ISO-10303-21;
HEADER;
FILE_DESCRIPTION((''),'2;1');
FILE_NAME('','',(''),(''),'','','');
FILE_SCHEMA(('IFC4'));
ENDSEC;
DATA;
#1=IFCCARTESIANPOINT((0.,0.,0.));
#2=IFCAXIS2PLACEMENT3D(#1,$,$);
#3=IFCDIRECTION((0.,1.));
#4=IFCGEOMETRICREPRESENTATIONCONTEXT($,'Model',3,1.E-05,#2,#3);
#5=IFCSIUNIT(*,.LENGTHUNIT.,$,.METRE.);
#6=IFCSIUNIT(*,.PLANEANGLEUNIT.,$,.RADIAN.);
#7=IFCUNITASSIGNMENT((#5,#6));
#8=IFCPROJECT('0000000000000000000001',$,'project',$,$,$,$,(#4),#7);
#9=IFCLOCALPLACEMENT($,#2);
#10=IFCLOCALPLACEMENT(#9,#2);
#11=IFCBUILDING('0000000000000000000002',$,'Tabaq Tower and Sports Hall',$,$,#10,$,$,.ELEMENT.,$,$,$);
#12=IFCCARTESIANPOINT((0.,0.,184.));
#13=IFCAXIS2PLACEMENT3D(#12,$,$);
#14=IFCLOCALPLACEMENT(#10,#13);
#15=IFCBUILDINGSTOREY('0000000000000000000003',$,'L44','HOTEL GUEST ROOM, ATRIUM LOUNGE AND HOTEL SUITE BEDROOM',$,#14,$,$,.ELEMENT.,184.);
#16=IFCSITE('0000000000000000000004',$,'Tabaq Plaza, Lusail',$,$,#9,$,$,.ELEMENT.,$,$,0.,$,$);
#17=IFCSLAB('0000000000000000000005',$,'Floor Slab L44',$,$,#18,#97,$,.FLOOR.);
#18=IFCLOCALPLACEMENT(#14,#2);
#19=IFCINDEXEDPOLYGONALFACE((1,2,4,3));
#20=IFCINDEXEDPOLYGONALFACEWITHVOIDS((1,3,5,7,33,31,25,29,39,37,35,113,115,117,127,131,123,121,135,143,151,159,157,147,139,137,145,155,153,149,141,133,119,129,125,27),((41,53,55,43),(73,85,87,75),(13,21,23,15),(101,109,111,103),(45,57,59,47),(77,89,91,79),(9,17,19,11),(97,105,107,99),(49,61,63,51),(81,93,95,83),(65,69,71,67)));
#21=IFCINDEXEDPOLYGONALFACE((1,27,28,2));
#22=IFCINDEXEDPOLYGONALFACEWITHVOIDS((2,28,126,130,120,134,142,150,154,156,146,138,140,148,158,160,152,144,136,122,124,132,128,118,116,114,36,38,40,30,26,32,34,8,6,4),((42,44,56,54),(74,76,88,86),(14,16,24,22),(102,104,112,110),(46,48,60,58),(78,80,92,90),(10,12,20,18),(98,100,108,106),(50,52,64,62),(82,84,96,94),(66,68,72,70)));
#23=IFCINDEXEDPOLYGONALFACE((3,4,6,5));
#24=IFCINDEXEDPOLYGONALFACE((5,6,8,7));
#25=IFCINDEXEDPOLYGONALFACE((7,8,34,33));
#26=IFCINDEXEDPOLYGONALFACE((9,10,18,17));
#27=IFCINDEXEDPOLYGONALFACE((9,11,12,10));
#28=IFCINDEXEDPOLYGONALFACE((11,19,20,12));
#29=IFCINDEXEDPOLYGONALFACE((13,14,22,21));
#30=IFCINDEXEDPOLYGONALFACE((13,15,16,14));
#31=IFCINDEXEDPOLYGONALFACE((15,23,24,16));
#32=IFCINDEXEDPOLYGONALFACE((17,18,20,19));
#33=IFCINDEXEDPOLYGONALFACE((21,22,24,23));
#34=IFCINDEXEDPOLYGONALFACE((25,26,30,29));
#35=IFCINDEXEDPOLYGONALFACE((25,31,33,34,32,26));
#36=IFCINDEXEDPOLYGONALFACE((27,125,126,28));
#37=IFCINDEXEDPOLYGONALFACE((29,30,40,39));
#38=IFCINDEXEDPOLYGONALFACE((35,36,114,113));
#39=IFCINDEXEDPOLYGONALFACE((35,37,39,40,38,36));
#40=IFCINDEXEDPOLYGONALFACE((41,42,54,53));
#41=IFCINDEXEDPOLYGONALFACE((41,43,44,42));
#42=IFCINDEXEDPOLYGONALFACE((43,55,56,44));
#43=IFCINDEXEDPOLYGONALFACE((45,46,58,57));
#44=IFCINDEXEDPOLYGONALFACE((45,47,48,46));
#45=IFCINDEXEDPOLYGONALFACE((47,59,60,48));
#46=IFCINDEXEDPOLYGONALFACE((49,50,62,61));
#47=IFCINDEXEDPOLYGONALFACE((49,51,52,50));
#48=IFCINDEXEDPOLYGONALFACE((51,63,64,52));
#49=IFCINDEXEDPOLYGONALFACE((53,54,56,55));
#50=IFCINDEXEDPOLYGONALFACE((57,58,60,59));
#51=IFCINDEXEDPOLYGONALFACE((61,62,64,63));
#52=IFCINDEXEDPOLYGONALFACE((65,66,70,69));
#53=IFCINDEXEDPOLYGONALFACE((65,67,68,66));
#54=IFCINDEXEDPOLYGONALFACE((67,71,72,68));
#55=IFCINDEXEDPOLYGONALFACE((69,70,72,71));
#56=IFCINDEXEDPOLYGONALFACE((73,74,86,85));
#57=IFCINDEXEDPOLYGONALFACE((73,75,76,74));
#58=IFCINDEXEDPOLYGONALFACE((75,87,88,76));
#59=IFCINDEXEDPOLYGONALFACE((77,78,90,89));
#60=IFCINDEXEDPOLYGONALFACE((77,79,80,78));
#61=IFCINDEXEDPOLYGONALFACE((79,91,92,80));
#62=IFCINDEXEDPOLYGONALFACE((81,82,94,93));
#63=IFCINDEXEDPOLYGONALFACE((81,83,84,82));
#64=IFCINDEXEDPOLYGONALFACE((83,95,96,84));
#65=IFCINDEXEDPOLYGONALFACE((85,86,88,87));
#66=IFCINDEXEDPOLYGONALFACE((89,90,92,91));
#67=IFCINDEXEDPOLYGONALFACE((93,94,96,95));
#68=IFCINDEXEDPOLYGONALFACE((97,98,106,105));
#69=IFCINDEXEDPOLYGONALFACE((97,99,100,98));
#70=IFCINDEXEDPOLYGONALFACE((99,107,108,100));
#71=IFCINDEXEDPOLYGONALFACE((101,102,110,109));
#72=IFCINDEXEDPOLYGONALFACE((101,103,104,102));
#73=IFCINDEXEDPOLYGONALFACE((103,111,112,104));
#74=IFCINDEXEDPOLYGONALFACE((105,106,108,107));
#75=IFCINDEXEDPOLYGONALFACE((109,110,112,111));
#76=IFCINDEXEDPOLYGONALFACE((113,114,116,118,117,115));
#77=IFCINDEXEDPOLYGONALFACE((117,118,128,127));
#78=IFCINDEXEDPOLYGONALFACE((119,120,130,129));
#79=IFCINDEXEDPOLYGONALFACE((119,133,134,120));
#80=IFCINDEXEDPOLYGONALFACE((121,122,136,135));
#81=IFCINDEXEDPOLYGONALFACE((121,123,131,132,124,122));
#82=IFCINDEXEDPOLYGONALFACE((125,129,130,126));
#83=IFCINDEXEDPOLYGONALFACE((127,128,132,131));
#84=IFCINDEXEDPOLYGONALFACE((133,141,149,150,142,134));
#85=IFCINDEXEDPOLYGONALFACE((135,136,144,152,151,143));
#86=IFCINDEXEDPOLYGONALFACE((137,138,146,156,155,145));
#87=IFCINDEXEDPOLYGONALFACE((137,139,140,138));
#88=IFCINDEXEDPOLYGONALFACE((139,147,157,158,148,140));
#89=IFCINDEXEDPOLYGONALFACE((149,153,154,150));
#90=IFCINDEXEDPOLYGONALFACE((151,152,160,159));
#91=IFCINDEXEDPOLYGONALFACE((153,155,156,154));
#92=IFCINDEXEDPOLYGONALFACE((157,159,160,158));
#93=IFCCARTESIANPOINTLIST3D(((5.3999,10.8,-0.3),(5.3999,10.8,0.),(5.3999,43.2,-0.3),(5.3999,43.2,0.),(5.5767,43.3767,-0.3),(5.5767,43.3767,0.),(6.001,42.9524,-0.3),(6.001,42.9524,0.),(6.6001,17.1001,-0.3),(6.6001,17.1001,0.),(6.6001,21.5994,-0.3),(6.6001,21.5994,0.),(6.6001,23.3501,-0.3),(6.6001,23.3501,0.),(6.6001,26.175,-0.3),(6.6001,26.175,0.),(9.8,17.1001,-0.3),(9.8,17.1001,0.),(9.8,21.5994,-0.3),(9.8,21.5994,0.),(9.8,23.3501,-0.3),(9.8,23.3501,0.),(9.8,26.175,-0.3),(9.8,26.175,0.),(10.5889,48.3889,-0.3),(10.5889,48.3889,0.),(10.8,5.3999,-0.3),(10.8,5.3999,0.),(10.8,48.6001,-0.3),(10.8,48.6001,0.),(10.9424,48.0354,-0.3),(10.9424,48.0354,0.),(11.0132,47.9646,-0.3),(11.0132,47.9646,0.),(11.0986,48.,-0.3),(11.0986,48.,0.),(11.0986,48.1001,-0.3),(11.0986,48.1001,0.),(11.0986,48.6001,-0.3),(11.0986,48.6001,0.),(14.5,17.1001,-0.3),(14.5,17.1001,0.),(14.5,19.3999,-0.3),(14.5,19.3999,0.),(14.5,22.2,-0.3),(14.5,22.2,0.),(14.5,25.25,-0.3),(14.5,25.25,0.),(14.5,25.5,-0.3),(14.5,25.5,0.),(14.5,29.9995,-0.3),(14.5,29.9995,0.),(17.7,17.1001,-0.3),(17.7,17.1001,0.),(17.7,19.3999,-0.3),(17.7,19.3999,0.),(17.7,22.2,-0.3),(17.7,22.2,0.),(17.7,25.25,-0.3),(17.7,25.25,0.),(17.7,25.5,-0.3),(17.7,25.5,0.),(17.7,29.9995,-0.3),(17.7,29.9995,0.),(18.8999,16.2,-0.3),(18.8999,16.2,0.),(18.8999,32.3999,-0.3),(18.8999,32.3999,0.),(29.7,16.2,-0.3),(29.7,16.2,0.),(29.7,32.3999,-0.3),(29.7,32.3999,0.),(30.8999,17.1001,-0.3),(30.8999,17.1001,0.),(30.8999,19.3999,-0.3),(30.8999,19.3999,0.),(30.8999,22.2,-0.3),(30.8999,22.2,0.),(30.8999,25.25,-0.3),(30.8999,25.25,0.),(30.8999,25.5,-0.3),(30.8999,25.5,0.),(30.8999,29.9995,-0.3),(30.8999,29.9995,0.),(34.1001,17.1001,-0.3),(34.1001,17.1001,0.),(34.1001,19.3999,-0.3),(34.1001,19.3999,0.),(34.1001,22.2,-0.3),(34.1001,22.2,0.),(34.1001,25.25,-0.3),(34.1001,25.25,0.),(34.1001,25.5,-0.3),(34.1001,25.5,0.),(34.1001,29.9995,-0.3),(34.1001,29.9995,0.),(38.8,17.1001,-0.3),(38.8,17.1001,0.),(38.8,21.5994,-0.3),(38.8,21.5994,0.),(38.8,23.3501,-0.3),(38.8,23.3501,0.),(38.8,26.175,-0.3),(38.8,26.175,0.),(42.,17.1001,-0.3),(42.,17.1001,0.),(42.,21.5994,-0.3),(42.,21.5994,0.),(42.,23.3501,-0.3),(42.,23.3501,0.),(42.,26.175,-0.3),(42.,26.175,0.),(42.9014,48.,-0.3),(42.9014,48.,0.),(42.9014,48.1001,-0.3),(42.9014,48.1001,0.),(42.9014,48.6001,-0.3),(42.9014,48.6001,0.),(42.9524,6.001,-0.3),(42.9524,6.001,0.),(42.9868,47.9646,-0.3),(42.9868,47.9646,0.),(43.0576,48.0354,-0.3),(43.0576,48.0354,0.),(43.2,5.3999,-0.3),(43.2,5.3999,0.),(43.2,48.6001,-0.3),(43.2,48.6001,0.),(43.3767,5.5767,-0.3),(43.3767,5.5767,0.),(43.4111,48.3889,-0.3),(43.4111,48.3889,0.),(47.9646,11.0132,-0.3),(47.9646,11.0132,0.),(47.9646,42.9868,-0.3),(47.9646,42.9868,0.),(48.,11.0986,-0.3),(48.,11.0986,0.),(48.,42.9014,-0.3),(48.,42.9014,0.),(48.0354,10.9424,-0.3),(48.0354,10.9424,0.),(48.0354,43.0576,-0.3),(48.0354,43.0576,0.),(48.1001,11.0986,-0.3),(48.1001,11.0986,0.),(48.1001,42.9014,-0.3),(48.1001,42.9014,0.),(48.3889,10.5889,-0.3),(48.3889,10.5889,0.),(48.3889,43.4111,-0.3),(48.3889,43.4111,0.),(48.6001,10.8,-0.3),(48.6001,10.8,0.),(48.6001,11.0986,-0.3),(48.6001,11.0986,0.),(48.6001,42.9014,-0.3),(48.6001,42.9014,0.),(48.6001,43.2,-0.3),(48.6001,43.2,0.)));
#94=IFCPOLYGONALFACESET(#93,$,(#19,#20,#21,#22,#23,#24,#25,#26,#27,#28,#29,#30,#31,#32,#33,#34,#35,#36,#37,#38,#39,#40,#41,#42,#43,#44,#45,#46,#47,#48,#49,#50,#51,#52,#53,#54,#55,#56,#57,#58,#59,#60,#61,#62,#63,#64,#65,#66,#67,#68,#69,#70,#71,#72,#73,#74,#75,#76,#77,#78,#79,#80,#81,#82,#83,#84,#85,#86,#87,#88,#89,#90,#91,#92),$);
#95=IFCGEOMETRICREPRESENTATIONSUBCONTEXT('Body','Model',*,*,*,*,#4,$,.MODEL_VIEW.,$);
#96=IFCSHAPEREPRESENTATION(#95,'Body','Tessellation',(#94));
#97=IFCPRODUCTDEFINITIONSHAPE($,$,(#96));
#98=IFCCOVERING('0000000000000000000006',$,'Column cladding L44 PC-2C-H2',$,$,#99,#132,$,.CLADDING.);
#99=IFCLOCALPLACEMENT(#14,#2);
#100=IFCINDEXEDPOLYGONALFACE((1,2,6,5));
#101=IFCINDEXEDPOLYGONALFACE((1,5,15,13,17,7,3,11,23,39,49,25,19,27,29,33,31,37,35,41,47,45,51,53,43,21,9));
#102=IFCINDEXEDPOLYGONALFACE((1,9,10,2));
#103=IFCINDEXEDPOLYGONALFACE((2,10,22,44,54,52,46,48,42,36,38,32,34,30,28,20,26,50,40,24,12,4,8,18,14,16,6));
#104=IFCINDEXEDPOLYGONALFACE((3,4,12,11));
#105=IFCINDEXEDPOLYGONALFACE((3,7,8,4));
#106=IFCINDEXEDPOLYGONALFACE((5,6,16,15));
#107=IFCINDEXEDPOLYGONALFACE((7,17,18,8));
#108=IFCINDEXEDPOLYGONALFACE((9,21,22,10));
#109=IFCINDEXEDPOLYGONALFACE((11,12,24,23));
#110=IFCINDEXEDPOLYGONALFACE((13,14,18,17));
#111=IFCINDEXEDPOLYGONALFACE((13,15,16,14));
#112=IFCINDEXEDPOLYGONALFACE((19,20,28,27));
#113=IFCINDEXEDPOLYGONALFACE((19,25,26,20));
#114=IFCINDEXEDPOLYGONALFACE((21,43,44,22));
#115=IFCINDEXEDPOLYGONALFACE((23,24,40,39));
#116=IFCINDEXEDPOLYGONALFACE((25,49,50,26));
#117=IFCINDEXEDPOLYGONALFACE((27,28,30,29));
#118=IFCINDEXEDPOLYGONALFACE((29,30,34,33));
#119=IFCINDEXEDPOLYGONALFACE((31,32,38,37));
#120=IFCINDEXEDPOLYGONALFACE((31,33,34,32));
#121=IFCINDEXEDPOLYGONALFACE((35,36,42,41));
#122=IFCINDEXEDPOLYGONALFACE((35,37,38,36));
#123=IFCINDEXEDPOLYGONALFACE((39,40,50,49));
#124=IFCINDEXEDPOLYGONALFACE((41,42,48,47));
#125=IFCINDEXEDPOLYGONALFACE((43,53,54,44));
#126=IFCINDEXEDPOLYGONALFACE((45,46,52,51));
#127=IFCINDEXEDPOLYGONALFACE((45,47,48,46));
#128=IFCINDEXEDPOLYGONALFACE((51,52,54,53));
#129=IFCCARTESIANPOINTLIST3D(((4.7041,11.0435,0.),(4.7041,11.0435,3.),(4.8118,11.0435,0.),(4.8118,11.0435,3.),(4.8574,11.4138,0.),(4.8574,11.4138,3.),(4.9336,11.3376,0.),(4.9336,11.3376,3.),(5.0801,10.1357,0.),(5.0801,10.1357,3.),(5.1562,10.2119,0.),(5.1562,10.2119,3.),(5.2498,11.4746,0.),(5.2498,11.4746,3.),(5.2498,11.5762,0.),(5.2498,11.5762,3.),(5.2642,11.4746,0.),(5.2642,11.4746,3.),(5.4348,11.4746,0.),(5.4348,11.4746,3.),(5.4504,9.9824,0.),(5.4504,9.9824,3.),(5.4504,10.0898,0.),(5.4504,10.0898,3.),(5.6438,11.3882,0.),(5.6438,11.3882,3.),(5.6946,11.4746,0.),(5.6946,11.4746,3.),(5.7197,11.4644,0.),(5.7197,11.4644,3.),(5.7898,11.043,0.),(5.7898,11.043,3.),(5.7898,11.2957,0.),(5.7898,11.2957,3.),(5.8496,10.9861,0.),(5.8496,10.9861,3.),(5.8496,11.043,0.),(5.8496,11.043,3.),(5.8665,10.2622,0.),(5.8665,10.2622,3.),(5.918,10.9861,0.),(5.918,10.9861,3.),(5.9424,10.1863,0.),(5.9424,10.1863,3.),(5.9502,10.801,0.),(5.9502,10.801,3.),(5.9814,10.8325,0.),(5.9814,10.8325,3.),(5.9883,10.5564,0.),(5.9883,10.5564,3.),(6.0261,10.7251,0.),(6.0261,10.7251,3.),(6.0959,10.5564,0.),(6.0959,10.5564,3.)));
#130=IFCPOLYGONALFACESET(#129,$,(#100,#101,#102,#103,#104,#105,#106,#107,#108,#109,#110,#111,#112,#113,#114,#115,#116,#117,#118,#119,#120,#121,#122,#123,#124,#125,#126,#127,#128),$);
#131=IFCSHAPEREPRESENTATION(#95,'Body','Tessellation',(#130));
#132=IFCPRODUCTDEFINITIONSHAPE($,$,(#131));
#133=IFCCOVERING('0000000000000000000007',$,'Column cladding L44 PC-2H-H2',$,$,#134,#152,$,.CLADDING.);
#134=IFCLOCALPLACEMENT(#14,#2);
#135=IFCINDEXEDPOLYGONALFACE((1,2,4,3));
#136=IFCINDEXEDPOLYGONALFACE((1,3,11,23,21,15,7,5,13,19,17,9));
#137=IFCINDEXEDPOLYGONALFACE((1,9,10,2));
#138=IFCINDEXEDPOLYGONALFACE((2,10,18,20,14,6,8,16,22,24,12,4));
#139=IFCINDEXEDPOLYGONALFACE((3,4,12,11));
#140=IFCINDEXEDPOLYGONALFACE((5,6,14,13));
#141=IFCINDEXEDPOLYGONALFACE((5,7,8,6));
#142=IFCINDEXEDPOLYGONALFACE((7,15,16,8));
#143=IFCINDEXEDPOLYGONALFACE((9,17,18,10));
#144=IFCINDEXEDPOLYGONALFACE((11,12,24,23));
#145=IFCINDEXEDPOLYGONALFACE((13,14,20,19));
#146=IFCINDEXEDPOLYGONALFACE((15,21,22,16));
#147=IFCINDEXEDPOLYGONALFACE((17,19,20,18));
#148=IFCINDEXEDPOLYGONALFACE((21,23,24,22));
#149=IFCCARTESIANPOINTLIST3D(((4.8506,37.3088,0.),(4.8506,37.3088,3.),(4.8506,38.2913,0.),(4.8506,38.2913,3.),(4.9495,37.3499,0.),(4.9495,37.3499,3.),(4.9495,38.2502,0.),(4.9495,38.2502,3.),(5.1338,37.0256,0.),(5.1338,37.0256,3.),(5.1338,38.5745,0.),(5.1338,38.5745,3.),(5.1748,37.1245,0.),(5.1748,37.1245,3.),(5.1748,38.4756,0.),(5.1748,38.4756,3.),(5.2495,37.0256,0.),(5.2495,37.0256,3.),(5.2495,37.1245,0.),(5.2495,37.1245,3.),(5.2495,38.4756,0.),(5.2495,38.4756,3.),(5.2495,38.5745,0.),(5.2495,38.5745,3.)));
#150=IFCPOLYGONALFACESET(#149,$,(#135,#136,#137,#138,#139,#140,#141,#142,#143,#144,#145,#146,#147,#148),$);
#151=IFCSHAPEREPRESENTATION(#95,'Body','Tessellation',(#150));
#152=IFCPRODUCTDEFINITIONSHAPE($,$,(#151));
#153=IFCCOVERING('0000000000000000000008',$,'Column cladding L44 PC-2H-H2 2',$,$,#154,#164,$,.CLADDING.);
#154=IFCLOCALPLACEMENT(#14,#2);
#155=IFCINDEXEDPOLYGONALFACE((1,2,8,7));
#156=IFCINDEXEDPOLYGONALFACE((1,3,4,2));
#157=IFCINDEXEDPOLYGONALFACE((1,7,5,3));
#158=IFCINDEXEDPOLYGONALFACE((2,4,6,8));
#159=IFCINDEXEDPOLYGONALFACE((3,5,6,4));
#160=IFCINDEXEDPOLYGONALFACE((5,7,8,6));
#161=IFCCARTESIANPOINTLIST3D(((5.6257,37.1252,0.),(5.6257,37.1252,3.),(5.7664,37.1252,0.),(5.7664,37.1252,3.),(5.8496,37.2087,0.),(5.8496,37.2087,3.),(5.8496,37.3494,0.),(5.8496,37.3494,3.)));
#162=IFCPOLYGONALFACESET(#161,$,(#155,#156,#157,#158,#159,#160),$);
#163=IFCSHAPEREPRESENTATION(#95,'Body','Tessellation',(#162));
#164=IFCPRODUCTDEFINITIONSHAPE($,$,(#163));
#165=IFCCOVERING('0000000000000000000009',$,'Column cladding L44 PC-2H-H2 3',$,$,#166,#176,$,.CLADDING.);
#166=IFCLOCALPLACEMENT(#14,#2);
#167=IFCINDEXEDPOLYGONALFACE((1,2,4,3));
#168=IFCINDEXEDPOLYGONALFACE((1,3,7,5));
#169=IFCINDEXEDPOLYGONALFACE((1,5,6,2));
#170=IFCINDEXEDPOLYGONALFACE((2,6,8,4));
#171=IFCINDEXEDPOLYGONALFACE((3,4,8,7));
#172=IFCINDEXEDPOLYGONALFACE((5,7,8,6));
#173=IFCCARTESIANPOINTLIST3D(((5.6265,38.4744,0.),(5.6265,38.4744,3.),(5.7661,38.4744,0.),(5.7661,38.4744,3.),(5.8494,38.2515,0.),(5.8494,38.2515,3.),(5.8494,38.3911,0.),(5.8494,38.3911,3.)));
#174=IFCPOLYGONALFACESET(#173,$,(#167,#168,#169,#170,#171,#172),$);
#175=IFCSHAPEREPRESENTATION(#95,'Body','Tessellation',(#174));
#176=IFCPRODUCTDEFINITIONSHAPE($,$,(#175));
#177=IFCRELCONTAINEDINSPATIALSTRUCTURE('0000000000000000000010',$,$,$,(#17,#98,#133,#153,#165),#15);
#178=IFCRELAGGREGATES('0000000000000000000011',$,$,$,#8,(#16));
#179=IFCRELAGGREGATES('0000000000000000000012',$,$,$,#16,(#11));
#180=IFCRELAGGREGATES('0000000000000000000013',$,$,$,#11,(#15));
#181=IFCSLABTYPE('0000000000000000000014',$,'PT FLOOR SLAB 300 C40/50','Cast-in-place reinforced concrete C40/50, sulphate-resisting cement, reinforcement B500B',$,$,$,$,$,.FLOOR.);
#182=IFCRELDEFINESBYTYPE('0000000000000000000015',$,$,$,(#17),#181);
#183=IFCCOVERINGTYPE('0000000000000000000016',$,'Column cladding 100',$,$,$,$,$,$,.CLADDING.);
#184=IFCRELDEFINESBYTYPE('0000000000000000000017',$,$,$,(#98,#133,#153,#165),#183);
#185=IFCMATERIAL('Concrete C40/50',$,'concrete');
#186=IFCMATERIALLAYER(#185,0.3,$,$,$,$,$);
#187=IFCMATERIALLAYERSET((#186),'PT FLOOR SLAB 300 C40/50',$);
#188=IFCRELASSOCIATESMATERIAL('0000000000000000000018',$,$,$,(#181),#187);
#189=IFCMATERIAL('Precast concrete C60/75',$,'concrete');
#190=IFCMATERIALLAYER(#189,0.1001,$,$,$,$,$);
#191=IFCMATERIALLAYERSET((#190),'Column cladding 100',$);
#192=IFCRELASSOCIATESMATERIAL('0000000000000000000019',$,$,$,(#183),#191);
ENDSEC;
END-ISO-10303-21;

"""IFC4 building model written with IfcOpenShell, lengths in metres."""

from ifc_helpers import new_model, si_unit, direction, frame, origin, place, context, subcontext, project, spatial, polyline, outline, extrude, material, layer, layer_set, type_object, element, save


model = new_model("IFC4")

# Units and contexts
model_context = context("Model", 3, precision=1e-05, world=origin(), true_north=direction((0.0, 1.0)))
body_context = subcontext(model_context, "Body", "Model", "MODEL_VIEW")
ifc_project = project(units=[si_unit("LENGTHUNIT", "METRE"), si_unit("PLANEANGLEUNIT", "RADIAN")], contexts=[model_context])

# Site, building, storey
site_placement = place(None, origin())
site = spatial("IfcSite", under=ifc_project, at=site_placement, Name="Tabaq Plaza, Lusail", CompositionType="ELEMENT", RefElevation=0.0)
building_placement = place(site_placement, origin())
building = spatial("IfcBuilding", under=site, at=building_placement, Name="Tabaq Tower and Sports Hall", CompositionType="ELEMENT")
storey_placement = place(building_placement, frame((0.0, 0.0, 184.0)))
storey = spatial("IfcBuildingStorey", under=building, at=storey_placement, Name="L44", Description="HOTEL GUEST ROOM, ATRIUM LOUNGE AND HOTEL SUITE BEDROOM", CompositionType="ELEMENT", Elevation=184.0)

# Slab
ifc_material_1 = material(Name="Concrete C40/50", Category="concrete")
ifc_layer_1 = layer(ifc_material_1, 0.3)
ifc_layer_set_1 = layer_set([ifc_layer_1], Name="PT FLOOR SLAB 300 C40/50")
slab_type = type_object("IfcSlabType", Name="PT FLOOR SLAB 300 C40/50", Description="Cast-in-place reinforced concrete C40/50, sulphate-resisting cement, reinforcement B500B", PredefinedType="FLOOR", material=ifc_layer_set_1)
slab_placement = place(storey_placement, frame((0.0, 0.0, -0.3)))
element("IfcSlab", 1, at=slab_placement, inside=storey, type_object=slab_type, Name="Floor Slab L44", PredefinedType="FLOOR", context=body_context, shape_type="SweptSolid", body=[
    extrude(outline(polyline([(5.3999, 43.2), (5.3999, 10.8), (10.8, 5.3999), (43.2, 5.3999), (43.3767, 5.5767), (42.9524, 6.001), (47.9646, 11.0132), (48.0354, 10.9424), (48.3889, 10.5889), (48.6001, 10.8), (48.6001, 11.0986), (48.1001, 11.0986), (48.0, 11.0986), (48.0, 42.9014), (48.1001, 42.9014), (48.6001, 42.9014), (48.6001, 43.2), (48.3889, 43.4111), (48.0354, 43.0576), (47.9646, 42.9868), (42.9868, 47.9646), (43.0576, 48.0354), (43.4111, 48.3889), (43.2, 48.6001), (42.9014, 48.6001), (42.9014, 48.1001), (42.9014, 48.0), (11.0986, 48.0), (11.0986, 48.1001), (11.0986, 48.6001), (10.8, 48.6001), (10.5889, 48.3889), (10.9424, 48.0354), (11.0132, 47.9646), (6.001, 42.9524), (5.5767, 43.3767), (5.3999, 43.2)]), holes=[polyline([(14.5, 19.3999), (17.7, 19.3999), (17.7, 17.1001), (14.5, 17.1001), (14.5, 19.3999)]), polyline([(6.6001, 21.5994), (9.8, 21.5994), (9.8, 17.1001), (6.6001, 17.1001), (6.6001, 21.5994)]), polyline([(14.5, 25.25), (17.7, 25.25), (17.7, 22.2), (14.5, 22.2), (14.5, 25.25)]), polyline([(18.8999, 32.3999), (29.7, 32.3999), (29.7, 16.2), (18.8999, 16.2), (18.8999, 32.3999)]), polyline([(9.8, 26.175), (9.8, 23.3501), (6.6001, 23.3501), (6.6001, 26.175), (9.8, 26.175)]), polyline([(14.5, 29.9995), (17.7, 29.9995), (17.7, 25.5), (14.5, 25.5), (14.5, 29.9995)]), polyline([(34.1001, 19.3999), (34.1001, 17.1001), (30.8999, 17.1001), (30.8999, 19.3999), (34.1001, 19.3999)]), polyline([(42.0, 21.5994), (42.0, 17.1001), (38.8, 17.1001), (38.8, 21.5994), (42.0, 21.5994)]), polyline([(30.8999, 25.25), (34.1001, 25.25), (34.1001, 22.2), (30.8999, 22.2), (30.8999, 25.25)]), polyline([(42.0, 26.175), (42.0, 23.3501), (38.8, 23.3501), (38.8, 26.175), (42.0, 26.175)]), polyline([(34.1001, 29.9995), (34.1001, 25.5), (30.8999, 25.5), (30.8999, 29.9995), (34.1001, 29.9995)])]), origin(), (0.0, 0.0, 1.0), 0.3),
])

# Coverings
ifc_material_2 = material(Name="Precast concrete C60/75", Category="concrete")
ifc_layer_2 = layer(ifc_material_2, 0.1001)
ifc_layer_set_2 = layer_set([ifc_layer_2], Name="Column cladding 100")
covering_type = type_object("IfcCoveringType", Name="Column cladding 100", PredefinedType="CLADDING", material=ifc_layer_set_2)
covering_1_placement = place(storey_placement, origin())
element("IfcCovering", 2, at=covering_1_placement, inside=storey, type_object=covering_type, Name="Column cladding L44 PC-2C-H2", PredefinedType="CLADDING", context=body_context, shape_type="SweptSolid", body=[
    extrude(outline(polyline([(5.4504, 9.9824), (5.0801, 10.1357), (4.7041, 11.0435), (4.8574, 11.4138), (5.2498, 11.5762), (5.2498, 11.4746), (5.2642, 11.4746), (4.9336, 11.3376), (4.8118, 11.0435), (5.1562, 10.2119), (5.4504, 10.0898), (5.8665, 10.2622), (5.9883, 10.5564), (5.6438, 11.3882), (5.4348, 11.4746), (5.6946, 11.4746), (5.7197, 11.4644), (5.7898, 11.2957), (5.7898, 11.043), (5.8496, 11.043), (5.8496, 10.9861), (5.918, 10.9861), (5.9814, 10.8325), (5.9502, 10.801), (6.0261, 10.7251), (6.0959, 10.5564), (5.9424, 10.1863), (5.4504, 9.9824)])), origin(), (0.0, 0.0, 1.0), 3.0),
])
covering_2_placement = place(storey_placement, origin())
element("IfcCovering", 3, at=covering_2_placement, inside=storey, type_object=covering_type, Name="Column cladding L44 PC-2H-H2", PredefinedType="CLADDING", context=body_context, shape_type="SweptSolid", body=[
    extrude(outline(polyline([(5.1338, 37.0256), (4.8506, 37.3088), (4.8506, 38.2913), (5.1338, 38.5745), (5.2495, 38.5745), (5.2495, 38.4756), (5.1748, 38.4756), (4.9495, 38.2502), (4.9495, 37.3499), (5.1748, 37.1245), (5.2495, 37.1245), (5.2495, 37.0256), (5.1338, 37.0256)])), origin(), (0.0, 0.0, 1.0), 3.0),
])
covering_3_placement = place(storey_placement, origin())
element("IfcCovering", 4, at=covering_3_placement, inside=storey, type_object=covering_type, Name="Column cladding L44 PC-2H-H2 2", PredefinedType="CLADDING", context=body_context, shape_type="SweptSolid", body=[
    extrude(outline(polyline([(5.7664, 37.1252), (5.6257, 37.1252), (5.8496, 37.3494), (5.8496, 37.2087), (5.7664, 37.1252)])), origin(), (0.0, 0.0, 1.0), 3.0),
])
covering_4_placement = place(storey_placement, origin())
element("IfcCovering", 5, at=covering_4_placement, inside=storey, type_object=covering_type, Name="Column cladding L44 PC-2H-H2 3", PredefinedType="CLADDING", context=body_context, shape_type="SweptSolid", body=[
    extrude(outline(polyline([(5.6265, 38.4744), (5.7661, 38.4744), (5.8494, 38.3911), (5.8494, 38.2515), (5.6265, 38.4744)])), origin(), (0.0, 0.0, 1.0), 3.0),
])

save(model, "model.ifc")
